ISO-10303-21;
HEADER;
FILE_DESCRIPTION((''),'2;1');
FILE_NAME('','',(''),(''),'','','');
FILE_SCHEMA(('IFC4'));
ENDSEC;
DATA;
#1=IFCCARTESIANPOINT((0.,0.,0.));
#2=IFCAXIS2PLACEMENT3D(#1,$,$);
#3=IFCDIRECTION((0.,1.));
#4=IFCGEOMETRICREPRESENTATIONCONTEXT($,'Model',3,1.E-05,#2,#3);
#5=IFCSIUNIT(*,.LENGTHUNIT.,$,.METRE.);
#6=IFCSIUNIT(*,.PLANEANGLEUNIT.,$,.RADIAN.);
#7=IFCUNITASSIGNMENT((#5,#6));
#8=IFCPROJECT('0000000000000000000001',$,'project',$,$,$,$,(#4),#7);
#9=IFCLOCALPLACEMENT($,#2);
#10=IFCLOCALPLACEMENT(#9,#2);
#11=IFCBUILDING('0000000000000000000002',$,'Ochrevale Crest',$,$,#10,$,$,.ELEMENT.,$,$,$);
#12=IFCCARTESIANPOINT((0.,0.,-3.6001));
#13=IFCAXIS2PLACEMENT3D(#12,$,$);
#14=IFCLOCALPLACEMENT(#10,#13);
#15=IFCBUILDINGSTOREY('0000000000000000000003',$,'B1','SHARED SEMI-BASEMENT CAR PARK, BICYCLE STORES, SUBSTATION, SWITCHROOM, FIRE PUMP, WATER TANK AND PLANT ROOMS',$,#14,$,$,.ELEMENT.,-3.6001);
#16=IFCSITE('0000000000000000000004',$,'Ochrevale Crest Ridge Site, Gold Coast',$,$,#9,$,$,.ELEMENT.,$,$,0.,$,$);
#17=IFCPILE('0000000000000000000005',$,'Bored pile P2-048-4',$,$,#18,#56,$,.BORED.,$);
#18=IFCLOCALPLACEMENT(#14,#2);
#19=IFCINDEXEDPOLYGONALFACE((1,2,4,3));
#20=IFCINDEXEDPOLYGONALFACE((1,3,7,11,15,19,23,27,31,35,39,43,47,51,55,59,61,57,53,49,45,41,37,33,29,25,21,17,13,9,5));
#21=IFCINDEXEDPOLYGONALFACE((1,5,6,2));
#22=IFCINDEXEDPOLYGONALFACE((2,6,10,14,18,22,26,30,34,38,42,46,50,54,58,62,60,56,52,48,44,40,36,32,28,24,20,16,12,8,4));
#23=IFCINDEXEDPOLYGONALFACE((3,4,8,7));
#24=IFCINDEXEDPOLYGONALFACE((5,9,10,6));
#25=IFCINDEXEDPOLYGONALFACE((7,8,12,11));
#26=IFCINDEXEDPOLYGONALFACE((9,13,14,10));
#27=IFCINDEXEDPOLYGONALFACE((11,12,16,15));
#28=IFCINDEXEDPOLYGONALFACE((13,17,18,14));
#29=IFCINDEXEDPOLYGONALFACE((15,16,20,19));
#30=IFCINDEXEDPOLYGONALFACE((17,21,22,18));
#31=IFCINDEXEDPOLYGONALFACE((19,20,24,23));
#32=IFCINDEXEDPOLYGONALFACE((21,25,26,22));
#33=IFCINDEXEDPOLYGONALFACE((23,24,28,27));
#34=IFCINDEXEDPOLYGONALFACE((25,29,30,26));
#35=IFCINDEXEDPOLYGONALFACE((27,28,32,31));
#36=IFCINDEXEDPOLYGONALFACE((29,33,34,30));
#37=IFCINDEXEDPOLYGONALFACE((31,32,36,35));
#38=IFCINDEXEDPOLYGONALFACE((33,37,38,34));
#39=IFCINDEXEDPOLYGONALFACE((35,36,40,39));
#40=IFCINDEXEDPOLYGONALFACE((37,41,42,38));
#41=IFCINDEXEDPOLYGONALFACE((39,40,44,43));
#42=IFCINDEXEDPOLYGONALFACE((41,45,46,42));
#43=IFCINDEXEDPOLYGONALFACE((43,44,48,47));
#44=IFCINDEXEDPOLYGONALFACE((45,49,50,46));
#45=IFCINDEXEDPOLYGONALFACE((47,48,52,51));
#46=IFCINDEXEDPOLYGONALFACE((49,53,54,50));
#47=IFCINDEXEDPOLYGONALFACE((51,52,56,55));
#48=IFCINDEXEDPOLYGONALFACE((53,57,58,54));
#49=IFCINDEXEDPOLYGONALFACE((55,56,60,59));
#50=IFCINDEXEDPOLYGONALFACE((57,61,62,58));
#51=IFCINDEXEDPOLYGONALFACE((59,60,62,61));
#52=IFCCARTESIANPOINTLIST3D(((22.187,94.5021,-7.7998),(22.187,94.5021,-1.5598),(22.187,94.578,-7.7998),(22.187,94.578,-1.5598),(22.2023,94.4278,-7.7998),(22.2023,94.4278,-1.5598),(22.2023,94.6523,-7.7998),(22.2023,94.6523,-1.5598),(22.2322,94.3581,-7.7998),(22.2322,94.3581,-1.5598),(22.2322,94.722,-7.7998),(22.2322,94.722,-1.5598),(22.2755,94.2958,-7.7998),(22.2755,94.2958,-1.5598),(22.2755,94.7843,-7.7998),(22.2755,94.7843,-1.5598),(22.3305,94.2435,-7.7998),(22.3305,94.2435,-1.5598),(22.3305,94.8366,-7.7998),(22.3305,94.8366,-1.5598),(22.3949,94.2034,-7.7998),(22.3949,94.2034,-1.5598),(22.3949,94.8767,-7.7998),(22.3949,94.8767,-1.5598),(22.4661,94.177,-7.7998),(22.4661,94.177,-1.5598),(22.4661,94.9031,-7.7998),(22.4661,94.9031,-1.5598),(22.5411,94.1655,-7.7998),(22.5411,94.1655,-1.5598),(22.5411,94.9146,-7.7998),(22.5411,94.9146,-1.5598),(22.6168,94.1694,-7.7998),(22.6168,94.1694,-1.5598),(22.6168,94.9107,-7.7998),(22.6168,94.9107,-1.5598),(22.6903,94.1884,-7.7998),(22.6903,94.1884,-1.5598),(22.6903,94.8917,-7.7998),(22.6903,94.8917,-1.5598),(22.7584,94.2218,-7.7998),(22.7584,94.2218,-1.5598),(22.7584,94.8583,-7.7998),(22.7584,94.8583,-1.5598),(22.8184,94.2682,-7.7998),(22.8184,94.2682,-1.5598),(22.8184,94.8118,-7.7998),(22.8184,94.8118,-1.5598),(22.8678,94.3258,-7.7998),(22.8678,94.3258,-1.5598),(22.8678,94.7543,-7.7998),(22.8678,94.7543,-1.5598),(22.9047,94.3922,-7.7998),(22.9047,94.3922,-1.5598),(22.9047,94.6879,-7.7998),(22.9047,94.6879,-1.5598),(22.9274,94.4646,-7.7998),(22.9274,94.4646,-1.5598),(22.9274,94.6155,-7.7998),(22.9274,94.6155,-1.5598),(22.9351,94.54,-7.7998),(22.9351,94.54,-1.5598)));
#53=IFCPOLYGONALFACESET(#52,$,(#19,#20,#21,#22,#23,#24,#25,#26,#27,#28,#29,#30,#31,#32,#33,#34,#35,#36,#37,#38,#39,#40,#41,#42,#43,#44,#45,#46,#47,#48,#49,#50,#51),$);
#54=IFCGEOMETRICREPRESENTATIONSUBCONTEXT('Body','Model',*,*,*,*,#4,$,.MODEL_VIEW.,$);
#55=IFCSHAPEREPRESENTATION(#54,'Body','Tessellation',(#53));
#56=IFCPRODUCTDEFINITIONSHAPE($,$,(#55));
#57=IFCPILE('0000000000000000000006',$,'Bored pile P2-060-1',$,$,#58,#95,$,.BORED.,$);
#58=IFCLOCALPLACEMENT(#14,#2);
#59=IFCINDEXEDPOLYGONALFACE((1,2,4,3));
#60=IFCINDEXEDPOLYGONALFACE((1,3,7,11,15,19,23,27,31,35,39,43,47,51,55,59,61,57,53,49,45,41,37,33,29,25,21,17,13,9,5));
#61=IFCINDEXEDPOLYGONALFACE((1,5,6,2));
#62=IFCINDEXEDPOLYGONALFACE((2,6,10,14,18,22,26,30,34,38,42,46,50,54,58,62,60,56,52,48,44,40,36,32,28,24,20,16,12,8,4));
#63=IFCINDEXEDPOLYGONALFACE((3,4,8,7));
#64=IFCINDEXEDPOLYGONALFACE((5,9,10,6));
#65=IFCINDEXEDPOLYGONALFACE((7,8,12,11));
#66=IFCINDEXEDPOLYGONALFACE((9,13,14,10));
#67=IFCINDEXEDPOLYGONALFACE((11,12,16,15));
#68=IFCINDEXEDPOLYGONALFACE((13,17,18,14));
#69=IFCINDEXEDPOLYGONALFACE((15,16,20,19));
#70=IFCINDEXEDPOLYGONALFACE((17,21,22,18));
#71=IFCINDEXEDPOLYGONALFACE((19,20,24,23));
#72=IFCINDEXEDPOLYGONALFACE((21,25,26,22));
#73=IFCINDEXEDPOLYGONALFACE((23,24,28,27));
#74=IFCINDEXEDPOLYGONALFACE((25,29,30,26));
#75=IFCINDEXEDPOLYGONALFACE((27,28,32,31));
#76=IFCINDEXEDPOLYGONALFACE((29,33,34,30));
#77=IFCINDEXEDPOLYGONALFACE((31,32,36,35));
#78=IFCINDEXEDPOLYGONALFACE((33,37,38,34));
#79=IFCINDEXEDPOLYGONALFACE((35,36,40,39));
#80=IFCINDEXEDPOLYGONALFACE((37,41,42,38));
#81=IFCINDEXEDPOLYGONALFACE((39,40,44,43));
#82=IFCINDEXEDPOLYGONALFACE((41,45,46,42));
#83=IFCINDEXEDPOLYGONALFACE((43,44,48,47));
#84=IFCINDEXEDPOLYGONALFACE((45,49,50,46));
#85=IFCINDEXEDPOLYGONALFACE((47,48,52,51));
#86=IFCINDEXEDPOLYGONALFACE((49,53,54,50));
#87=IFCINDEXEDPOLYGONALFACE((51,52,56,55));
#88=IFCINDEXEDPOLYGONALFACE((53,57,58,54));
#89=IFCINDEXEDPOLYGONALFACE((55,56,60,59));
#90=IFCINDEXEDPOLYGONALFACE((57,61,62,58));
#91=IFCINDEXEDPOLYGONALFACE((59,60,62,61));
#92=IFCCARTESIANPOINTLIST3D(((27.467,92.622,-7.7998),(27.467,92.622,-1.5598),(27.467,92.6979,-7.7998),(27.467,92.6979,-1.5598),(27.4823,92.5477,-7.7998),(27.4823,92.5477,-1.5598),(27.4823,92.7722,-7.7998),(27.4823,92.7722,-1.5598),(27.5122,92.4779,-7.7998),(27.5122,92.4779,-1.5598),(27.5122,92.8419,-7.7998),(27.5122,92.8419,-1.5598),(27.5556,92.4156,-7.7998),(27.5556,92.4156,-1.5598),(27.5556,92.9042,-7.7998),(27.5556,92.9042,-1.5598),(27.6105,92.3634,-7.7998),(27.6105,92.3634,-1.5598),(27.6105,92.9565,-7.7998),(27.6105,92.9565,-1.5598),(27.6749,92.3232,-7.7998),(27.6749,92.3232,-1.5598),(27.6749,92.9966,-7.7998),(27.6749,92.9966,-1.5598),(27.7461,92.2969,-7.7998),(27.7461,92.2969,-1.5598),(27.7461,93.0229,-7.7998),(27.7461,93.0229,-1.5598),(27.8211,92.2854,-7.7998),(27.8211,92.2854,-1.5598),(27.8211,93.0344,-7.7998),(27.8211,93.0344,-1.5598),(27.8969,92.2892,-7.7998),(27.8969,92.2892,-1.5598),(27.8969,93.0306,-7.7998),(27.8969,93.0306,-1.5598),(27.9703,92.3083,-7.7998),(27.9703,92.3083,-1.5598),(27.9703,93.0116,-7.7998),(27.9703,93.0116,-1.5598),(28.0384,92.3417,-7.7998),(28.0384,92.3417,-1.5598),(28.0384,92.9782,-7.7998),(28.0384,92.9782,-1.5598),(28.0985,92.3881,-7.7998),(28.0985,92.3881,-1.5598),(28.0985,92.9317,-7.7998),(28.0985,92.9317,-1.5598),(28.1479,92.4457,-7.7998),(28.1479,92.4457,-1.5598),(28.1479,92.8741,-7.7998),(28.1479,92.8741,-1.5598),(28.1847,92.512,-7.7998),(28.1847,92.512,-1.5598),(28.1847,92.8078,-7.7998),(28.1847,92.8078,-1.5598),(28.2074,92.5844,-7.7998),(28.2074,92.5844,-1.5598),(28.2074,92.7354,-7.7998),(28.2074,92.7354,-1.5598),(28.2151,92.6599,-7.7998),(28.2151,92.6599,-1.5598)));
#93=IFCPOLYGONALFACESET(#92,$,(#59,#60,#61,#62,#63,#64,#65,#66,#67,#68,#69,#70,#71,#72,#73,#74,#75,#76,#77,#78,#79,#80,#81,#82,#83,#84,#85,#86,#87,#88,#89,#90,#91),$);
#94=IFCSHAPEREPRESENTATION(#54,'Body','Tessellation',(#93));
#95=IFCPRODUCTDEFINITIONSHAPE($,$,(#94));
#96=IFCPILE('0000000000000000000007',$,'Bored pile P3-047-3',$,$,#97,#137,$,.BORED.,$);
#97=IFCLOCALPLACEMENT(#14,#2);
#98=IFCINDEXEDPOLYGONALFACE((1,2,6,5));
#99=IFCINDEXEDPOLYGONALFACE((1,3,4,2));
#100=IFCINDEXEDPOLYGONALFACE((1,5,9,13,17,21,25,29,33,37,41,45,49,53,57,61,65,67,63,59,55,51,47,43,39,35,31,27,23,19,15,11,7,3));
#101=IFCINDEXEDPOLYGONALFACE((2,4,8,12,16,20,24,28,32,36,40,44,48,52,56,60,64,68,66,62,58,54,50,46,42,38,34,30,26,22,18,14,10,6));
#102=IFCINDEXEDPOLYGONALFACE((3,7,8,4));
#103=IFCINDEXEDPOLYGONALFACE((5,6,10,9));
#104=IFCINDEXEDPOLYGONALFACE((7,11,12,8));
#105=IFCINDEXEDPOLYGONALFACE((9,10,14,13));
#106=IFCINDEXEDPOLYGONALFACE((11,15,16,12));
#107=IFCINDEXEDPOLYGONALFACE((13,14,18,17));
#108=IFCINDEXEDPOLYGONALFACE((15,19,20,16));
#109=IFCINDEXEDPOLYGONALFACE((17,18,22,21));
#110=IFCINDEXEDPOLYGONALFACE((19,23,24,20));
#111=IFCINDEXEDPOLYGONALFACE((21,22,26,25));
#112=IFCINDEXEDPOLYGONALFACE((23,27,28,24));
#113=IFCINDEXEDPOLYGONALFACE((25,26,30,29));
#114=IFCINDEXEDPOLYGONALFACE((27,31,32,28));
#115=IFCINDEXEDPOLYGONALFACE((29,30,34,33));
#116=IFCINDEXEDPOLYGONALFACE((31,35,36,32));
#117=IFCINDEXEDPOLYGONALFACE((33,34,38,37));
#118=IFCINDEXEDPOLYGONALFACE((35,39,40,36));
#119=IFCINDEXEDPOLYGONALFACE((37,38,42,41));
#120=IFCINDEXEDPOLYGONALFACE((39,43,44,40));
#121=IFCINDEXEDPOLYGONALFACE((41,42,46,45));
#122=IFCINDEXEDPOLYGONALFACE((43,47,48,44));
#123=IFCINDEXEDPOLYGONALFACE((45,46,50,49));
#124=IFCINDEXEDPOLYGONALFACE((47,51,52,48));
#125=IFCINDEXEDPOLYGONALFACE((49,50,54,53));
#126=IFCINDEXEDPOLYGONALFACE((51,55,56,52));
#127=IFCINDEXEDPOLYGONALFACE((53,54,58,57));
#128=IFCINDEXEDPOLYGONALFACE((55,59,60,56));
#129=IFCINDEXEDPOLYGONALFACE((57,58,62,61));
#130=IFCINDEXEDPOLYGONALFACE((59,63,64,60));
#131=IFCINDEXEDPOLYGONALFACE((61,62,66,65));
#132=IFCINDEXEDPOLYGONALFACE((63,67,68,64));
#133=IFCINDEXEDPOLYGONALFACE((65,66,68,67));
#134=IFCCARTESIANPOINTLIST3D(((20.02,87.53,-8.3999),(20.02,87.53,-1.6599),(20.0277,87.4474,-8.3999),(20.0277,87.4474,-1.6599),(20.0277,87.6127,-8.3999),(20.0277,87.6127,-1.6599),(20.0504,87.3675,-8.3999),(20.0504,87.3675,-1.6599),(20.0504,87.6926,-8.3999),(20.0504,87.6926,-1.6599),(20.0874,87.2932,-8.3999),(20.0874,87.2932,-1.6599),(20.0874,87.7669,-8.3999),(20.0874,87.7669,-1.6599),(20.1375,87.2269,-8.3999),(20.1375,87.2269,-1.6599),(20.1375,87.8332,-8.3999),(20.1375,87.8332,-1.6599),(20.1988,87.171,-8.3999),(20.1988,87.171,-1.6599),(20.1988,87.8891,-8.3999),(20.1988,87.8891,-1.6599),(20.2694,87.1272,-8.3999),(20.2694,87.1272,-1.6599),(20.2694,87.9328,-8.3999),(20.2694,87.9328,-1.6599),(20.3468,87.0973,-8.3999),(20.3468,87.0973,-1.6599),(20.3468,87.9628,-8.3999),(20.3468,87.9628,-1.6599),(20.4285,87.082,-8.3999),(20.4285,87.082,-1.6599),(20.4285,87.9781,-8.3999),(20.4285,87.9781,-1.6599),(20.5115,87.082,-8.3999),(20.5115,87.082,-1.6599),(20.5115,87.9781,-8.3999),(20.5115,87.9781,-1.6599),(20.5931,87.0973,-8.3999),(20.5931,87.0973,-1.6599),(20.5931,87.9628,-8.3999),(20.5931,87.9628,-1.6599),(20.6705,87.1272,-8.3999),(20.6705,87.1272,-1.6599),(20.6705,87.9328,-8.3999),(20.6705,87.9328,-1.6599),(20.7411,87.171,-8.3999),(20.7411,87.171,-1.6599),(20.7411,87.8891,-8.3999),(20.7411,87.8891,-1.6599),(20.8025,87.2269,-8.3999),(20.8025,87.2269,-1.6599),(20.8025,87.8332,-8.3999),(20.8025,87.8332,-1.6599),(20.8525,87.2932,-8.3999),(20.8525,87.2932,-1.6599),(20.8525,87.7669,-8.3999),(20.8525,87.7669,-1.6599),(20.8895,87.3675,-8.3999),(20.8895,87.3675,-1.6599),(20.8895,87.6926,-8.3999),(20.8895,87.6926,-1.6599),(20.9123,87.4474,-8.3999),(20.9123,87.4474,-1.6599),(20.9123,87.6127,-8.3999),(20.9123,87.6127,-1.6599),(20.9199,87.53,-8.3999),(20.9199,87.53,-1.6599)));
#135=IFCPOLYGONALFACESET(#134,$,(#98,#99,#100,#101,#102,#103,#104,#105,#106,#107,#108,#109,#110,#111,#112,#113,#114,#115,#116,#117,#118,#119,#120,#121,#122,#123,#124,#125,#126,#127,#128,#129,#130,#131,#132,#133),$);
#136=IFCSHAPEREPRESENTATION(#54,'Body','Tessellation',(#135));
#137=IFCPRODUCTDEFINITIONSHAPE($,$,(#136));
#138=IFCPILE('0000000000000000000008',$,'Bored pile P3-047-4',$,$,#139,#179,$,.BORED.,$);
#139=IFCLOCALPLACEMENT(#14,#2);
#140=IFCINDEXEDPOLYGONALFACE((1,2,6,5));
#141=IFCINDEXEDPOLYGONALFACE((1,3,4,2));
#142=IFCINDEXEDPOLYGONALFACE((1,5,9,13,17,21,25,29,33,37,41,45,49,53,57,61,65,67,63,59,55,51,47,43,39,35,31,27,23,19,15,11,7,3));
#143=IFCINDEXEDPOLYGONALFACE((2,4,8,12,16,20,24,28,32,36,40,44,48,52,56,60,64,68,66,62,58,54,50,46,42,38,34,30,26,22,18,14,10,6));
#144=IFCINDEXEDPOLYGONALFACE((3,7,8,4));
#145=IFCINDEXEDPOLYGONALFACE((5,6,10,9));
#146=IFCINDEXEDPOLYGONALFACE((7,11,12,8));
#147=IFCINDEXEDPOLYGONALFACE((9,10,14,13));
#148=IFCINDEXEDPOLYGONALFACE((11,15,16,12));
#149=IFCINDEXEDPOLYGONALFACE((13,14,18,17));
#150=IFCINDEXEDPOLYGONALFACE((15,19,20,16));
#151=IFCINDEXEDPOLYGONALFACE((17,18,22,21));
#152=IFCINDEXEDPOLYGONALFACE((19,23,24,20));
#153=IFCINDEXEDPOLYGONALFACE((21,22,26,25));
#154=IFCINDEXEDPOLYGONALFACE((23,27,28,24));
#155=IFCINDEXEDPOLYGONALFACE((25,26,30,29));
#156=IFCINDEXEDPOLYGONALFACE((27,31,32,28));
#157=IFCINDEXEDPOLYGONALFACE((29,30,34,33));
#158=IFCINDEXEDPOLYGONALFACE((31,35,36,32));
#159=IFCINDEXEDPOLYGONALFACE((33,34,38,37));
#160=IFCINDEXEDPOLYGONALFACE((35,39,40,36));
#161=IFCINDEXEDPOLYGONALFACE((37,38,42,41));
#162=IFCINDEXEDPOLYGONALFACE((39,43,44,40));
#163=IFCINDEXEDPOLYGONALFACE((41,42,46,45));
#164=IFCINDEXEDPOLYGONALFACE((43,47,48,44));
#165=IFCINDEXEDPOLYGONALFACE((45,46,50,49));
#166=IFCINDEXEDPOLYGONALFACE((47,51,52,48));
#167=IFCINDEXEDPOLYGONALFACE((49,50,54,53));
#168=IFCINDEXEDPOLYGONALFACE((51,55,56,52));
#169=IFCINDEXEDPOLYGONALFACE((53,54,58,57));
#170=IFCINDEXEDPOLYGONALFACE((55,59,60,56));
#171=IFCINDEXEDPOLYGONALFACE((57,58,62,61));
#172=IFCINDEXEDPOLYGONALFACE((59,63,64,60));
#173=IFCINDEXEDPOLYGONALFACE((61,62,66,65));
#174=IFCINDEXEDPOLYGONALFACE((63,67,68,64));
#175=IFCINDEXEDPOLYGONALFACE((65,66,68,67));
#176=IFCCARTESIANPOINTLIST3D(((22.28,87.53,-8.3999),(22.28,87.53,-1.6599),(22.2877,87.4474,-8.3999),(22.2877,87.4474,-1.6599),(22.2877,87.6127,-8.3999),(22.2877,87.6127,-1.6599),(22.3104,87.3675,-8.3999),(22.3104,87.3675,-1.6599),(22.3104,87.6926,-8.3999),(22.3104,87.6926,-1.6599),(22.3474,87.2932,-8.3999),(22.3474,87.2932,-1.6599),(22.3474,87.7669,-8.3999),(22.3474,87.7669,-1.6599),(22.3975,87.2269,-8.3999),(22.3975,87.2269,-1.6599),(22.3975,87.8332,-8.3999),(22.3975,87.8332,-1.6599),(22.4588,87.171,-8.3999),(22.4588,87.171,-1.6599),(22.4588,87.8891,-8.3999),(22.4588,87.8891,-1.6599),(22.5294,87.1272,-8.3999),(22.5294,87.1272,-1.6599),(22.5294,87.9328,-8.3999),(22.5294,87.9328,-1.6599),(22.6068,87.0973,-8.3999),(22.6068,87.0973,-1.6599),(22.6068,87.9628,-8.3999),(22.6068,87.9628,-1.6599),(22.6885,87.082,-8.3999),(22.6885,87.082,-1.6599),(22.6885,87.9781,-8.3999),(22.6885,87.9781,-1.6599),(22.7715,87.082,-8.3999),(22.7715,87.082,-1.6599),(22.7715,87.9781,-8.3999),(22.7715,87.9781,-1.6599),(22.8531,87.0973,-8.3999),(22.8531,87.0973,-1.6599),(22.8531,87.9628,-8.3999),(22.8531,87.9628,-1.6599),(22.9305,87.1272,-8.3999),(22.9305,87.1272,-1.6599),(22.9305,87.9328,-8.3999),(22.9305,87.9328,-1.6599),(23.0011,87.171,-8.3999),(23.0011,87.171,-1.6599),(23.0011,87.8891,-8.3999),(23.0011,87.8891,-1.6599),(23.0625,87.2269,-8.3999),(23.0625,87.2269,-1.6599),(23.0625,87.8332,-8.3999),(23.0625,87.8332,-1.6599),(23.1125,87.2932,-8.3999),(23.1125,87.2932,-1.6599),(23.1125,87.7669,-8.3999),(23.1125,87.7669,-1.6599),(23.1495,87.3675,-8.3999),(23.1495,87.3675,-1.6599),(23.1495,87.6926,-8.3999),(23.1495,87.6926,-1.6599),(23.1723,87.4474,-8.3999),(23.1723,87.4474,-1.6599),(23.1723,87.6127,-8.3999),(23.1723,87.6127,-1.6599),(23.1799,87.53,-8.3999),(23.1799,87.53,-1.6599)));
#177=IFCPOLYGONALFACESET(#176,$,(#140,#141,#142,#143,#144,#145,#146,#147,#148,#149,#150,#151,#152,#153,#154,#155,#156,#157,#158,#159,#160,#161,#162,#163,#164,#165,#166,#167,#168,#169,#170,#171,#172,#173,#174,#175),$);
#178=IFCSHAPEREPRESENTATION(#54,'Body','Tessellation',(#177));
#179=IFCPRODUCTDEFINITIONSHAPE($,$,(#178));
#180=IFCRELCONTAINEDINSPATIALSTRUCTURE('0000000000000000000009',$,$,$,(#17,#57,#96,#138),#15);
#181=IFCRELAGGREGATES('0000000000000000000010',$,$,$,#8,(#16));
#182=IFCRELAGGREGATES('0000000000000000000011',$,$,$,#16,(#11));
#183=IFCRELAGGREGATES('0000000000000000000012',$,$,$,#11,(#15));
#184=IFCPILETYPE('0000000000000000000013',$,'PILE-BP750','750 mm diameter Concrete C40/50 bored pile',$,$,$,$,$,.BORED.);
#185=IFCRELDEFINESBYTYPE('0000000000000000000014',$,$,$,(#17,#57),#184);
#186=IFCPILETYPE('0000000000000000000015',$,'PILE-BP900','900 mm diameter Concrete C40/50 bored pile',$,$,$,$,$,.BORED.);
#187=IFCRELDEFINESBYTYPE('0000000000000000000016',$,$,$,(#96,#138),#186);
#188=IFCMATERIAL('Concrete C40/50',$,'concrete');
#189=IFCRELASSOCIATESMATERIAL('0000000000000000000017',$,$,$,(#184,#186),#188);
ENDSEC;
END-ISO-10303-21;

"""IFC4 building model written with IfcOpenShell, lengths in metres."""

from ifc_helpers import new_model, si_unit, direction, frame, origin, origin_2d, place, context, subcontext, project, spatial, circle, extrude, material, material_profile, profile_set, type_object, element, save


model = new_model("IFC4")

# Units and contexts
model_context = context("Model", 3, precision=1e-05, world=origin(), true_north=direction((0.0, 1.0)))
body_context = subcontext(model_context, "Body", "Model", "MODEL_VIEW")
ifc_project = project(units=[si_unit("LENGTHUNIT", "METRE"), si_unit("PLANEANGLEUNIT", "RADIAN")], contexts=[model_context])

# Site, building, storey
site_placement = place(None, origin())
site = spatial("IfcSite", under=ifc_project, at=site_placement, Name="Ochrevale Crest Ridge Site, Gold Coast", CompositionType="ELEMENT", RefElevation=0.0)
building_placement = place(site_placement, origin())
building = spatial("IfcBuilding", under=site, at=building_placement, Name="Ochrevale Crest", CompositionType="ELEMENT")
storey_placement = place(building_placement, frame((0.0, 0.0, -3.6001)))
storey = spatial("IfcBuildingStorey", under=building, at=storey_placement, Name="B1", Description="SHARED SEMI-BASEMENT CAR PARK, BICYCLE STORES, SUBSTATION, SWITCHROOM, FIRE PUMP, WATER TANK AND PLANT ROOMS", CompositionType="ELEMENT", Elevation=-3.6001)

# Shared definitions
ifc_material_1 = material(Name="Concrete C40/50", Category="concrete")

# Piles
ifc_material_profile_1 = material_profile(ifc_material_1, circle(Radius=0.375, at=origin_2d()), Name="BORED PILE 750")
ifc_profile_set_1 = profile_set([ifc_material_profile_1], Name="Concrete C40/50")
pile_type_1 = type_object("IfcPileType", Name="PILE-BP750", Description="750 mm diameter Concrete C40/50 bored pile", PredefinedType="BORED", material=ifc_profile_set_1)
for number, where, z_axis, x_axis, name in (
    (1, (22.5601, 94.54, -1.5598), (0.0, 0.0, -1.0), (1.0, 0.0, 0.0), "Bored pile P2-048-4"),
    (2, (27.8401, 92.6599, -1.5598), (0.0, 0.0, -1.0), (1.0, 0.0, 0.0), "Bored pile P2-060-1"),
):
    element("IfcPile", number, at=place(storey_placement, frame(where, z_axis=z_axis, x_axis=x_axis)), inside=storey, type_object=pile_type_1, Name=name, PredefinedType="BORED", context=body_context, shape_type="SweptSolid", body=[
        extrude(circle(Radius=0.375, at=origin_2d()), origin(), (0.0, 0.0, 1.0), 6.24),
    ])
ifc_material_profile_2 = material_profile(ifc_material_1, circle(Radius=0.45, at=origin_2d()), Name="BORED PILE 900")
ifc_profile_set_2 = profile_set([ifc_material_profile_2], Name="Concrete C40/50")
pile_type_2 = type_object("IfcPileType", Name="PILE-BP900", Description="900 mm diameter Concrete C40/50 bored pile", PredefinedType="BORED", material=ifc_profile_set_2)
for number, where, z_axis, x_axis, name in (
    (3, (20.47, 87.53, -1.6599), (0.0, 0.0, -1.0), (1.0, 0.0, 0.0), "Bored pile P3-047-3"),
    (4, (22.73, 87.53, -1.6599), (0.0, 0.0, -1.0), (1.0, 0.0, 0.0), "Bored pile P3-047-4"),
):
    element("IfcPile", number, at=place(storey_placement, frame(where, z_axis=z_axis, x_axis=x_axis)), inside=storey, type_object=pile_type_2, Name=name, PredefinedType="BORED", context=body_context, shape_type="SweptSolid", body=[
        extrude(circle(Radius=0.45, at=origin_2d()), origin(), (0.0, 0.0, 1.0), 6.74),
    ])

save(model, "model.ifc")
